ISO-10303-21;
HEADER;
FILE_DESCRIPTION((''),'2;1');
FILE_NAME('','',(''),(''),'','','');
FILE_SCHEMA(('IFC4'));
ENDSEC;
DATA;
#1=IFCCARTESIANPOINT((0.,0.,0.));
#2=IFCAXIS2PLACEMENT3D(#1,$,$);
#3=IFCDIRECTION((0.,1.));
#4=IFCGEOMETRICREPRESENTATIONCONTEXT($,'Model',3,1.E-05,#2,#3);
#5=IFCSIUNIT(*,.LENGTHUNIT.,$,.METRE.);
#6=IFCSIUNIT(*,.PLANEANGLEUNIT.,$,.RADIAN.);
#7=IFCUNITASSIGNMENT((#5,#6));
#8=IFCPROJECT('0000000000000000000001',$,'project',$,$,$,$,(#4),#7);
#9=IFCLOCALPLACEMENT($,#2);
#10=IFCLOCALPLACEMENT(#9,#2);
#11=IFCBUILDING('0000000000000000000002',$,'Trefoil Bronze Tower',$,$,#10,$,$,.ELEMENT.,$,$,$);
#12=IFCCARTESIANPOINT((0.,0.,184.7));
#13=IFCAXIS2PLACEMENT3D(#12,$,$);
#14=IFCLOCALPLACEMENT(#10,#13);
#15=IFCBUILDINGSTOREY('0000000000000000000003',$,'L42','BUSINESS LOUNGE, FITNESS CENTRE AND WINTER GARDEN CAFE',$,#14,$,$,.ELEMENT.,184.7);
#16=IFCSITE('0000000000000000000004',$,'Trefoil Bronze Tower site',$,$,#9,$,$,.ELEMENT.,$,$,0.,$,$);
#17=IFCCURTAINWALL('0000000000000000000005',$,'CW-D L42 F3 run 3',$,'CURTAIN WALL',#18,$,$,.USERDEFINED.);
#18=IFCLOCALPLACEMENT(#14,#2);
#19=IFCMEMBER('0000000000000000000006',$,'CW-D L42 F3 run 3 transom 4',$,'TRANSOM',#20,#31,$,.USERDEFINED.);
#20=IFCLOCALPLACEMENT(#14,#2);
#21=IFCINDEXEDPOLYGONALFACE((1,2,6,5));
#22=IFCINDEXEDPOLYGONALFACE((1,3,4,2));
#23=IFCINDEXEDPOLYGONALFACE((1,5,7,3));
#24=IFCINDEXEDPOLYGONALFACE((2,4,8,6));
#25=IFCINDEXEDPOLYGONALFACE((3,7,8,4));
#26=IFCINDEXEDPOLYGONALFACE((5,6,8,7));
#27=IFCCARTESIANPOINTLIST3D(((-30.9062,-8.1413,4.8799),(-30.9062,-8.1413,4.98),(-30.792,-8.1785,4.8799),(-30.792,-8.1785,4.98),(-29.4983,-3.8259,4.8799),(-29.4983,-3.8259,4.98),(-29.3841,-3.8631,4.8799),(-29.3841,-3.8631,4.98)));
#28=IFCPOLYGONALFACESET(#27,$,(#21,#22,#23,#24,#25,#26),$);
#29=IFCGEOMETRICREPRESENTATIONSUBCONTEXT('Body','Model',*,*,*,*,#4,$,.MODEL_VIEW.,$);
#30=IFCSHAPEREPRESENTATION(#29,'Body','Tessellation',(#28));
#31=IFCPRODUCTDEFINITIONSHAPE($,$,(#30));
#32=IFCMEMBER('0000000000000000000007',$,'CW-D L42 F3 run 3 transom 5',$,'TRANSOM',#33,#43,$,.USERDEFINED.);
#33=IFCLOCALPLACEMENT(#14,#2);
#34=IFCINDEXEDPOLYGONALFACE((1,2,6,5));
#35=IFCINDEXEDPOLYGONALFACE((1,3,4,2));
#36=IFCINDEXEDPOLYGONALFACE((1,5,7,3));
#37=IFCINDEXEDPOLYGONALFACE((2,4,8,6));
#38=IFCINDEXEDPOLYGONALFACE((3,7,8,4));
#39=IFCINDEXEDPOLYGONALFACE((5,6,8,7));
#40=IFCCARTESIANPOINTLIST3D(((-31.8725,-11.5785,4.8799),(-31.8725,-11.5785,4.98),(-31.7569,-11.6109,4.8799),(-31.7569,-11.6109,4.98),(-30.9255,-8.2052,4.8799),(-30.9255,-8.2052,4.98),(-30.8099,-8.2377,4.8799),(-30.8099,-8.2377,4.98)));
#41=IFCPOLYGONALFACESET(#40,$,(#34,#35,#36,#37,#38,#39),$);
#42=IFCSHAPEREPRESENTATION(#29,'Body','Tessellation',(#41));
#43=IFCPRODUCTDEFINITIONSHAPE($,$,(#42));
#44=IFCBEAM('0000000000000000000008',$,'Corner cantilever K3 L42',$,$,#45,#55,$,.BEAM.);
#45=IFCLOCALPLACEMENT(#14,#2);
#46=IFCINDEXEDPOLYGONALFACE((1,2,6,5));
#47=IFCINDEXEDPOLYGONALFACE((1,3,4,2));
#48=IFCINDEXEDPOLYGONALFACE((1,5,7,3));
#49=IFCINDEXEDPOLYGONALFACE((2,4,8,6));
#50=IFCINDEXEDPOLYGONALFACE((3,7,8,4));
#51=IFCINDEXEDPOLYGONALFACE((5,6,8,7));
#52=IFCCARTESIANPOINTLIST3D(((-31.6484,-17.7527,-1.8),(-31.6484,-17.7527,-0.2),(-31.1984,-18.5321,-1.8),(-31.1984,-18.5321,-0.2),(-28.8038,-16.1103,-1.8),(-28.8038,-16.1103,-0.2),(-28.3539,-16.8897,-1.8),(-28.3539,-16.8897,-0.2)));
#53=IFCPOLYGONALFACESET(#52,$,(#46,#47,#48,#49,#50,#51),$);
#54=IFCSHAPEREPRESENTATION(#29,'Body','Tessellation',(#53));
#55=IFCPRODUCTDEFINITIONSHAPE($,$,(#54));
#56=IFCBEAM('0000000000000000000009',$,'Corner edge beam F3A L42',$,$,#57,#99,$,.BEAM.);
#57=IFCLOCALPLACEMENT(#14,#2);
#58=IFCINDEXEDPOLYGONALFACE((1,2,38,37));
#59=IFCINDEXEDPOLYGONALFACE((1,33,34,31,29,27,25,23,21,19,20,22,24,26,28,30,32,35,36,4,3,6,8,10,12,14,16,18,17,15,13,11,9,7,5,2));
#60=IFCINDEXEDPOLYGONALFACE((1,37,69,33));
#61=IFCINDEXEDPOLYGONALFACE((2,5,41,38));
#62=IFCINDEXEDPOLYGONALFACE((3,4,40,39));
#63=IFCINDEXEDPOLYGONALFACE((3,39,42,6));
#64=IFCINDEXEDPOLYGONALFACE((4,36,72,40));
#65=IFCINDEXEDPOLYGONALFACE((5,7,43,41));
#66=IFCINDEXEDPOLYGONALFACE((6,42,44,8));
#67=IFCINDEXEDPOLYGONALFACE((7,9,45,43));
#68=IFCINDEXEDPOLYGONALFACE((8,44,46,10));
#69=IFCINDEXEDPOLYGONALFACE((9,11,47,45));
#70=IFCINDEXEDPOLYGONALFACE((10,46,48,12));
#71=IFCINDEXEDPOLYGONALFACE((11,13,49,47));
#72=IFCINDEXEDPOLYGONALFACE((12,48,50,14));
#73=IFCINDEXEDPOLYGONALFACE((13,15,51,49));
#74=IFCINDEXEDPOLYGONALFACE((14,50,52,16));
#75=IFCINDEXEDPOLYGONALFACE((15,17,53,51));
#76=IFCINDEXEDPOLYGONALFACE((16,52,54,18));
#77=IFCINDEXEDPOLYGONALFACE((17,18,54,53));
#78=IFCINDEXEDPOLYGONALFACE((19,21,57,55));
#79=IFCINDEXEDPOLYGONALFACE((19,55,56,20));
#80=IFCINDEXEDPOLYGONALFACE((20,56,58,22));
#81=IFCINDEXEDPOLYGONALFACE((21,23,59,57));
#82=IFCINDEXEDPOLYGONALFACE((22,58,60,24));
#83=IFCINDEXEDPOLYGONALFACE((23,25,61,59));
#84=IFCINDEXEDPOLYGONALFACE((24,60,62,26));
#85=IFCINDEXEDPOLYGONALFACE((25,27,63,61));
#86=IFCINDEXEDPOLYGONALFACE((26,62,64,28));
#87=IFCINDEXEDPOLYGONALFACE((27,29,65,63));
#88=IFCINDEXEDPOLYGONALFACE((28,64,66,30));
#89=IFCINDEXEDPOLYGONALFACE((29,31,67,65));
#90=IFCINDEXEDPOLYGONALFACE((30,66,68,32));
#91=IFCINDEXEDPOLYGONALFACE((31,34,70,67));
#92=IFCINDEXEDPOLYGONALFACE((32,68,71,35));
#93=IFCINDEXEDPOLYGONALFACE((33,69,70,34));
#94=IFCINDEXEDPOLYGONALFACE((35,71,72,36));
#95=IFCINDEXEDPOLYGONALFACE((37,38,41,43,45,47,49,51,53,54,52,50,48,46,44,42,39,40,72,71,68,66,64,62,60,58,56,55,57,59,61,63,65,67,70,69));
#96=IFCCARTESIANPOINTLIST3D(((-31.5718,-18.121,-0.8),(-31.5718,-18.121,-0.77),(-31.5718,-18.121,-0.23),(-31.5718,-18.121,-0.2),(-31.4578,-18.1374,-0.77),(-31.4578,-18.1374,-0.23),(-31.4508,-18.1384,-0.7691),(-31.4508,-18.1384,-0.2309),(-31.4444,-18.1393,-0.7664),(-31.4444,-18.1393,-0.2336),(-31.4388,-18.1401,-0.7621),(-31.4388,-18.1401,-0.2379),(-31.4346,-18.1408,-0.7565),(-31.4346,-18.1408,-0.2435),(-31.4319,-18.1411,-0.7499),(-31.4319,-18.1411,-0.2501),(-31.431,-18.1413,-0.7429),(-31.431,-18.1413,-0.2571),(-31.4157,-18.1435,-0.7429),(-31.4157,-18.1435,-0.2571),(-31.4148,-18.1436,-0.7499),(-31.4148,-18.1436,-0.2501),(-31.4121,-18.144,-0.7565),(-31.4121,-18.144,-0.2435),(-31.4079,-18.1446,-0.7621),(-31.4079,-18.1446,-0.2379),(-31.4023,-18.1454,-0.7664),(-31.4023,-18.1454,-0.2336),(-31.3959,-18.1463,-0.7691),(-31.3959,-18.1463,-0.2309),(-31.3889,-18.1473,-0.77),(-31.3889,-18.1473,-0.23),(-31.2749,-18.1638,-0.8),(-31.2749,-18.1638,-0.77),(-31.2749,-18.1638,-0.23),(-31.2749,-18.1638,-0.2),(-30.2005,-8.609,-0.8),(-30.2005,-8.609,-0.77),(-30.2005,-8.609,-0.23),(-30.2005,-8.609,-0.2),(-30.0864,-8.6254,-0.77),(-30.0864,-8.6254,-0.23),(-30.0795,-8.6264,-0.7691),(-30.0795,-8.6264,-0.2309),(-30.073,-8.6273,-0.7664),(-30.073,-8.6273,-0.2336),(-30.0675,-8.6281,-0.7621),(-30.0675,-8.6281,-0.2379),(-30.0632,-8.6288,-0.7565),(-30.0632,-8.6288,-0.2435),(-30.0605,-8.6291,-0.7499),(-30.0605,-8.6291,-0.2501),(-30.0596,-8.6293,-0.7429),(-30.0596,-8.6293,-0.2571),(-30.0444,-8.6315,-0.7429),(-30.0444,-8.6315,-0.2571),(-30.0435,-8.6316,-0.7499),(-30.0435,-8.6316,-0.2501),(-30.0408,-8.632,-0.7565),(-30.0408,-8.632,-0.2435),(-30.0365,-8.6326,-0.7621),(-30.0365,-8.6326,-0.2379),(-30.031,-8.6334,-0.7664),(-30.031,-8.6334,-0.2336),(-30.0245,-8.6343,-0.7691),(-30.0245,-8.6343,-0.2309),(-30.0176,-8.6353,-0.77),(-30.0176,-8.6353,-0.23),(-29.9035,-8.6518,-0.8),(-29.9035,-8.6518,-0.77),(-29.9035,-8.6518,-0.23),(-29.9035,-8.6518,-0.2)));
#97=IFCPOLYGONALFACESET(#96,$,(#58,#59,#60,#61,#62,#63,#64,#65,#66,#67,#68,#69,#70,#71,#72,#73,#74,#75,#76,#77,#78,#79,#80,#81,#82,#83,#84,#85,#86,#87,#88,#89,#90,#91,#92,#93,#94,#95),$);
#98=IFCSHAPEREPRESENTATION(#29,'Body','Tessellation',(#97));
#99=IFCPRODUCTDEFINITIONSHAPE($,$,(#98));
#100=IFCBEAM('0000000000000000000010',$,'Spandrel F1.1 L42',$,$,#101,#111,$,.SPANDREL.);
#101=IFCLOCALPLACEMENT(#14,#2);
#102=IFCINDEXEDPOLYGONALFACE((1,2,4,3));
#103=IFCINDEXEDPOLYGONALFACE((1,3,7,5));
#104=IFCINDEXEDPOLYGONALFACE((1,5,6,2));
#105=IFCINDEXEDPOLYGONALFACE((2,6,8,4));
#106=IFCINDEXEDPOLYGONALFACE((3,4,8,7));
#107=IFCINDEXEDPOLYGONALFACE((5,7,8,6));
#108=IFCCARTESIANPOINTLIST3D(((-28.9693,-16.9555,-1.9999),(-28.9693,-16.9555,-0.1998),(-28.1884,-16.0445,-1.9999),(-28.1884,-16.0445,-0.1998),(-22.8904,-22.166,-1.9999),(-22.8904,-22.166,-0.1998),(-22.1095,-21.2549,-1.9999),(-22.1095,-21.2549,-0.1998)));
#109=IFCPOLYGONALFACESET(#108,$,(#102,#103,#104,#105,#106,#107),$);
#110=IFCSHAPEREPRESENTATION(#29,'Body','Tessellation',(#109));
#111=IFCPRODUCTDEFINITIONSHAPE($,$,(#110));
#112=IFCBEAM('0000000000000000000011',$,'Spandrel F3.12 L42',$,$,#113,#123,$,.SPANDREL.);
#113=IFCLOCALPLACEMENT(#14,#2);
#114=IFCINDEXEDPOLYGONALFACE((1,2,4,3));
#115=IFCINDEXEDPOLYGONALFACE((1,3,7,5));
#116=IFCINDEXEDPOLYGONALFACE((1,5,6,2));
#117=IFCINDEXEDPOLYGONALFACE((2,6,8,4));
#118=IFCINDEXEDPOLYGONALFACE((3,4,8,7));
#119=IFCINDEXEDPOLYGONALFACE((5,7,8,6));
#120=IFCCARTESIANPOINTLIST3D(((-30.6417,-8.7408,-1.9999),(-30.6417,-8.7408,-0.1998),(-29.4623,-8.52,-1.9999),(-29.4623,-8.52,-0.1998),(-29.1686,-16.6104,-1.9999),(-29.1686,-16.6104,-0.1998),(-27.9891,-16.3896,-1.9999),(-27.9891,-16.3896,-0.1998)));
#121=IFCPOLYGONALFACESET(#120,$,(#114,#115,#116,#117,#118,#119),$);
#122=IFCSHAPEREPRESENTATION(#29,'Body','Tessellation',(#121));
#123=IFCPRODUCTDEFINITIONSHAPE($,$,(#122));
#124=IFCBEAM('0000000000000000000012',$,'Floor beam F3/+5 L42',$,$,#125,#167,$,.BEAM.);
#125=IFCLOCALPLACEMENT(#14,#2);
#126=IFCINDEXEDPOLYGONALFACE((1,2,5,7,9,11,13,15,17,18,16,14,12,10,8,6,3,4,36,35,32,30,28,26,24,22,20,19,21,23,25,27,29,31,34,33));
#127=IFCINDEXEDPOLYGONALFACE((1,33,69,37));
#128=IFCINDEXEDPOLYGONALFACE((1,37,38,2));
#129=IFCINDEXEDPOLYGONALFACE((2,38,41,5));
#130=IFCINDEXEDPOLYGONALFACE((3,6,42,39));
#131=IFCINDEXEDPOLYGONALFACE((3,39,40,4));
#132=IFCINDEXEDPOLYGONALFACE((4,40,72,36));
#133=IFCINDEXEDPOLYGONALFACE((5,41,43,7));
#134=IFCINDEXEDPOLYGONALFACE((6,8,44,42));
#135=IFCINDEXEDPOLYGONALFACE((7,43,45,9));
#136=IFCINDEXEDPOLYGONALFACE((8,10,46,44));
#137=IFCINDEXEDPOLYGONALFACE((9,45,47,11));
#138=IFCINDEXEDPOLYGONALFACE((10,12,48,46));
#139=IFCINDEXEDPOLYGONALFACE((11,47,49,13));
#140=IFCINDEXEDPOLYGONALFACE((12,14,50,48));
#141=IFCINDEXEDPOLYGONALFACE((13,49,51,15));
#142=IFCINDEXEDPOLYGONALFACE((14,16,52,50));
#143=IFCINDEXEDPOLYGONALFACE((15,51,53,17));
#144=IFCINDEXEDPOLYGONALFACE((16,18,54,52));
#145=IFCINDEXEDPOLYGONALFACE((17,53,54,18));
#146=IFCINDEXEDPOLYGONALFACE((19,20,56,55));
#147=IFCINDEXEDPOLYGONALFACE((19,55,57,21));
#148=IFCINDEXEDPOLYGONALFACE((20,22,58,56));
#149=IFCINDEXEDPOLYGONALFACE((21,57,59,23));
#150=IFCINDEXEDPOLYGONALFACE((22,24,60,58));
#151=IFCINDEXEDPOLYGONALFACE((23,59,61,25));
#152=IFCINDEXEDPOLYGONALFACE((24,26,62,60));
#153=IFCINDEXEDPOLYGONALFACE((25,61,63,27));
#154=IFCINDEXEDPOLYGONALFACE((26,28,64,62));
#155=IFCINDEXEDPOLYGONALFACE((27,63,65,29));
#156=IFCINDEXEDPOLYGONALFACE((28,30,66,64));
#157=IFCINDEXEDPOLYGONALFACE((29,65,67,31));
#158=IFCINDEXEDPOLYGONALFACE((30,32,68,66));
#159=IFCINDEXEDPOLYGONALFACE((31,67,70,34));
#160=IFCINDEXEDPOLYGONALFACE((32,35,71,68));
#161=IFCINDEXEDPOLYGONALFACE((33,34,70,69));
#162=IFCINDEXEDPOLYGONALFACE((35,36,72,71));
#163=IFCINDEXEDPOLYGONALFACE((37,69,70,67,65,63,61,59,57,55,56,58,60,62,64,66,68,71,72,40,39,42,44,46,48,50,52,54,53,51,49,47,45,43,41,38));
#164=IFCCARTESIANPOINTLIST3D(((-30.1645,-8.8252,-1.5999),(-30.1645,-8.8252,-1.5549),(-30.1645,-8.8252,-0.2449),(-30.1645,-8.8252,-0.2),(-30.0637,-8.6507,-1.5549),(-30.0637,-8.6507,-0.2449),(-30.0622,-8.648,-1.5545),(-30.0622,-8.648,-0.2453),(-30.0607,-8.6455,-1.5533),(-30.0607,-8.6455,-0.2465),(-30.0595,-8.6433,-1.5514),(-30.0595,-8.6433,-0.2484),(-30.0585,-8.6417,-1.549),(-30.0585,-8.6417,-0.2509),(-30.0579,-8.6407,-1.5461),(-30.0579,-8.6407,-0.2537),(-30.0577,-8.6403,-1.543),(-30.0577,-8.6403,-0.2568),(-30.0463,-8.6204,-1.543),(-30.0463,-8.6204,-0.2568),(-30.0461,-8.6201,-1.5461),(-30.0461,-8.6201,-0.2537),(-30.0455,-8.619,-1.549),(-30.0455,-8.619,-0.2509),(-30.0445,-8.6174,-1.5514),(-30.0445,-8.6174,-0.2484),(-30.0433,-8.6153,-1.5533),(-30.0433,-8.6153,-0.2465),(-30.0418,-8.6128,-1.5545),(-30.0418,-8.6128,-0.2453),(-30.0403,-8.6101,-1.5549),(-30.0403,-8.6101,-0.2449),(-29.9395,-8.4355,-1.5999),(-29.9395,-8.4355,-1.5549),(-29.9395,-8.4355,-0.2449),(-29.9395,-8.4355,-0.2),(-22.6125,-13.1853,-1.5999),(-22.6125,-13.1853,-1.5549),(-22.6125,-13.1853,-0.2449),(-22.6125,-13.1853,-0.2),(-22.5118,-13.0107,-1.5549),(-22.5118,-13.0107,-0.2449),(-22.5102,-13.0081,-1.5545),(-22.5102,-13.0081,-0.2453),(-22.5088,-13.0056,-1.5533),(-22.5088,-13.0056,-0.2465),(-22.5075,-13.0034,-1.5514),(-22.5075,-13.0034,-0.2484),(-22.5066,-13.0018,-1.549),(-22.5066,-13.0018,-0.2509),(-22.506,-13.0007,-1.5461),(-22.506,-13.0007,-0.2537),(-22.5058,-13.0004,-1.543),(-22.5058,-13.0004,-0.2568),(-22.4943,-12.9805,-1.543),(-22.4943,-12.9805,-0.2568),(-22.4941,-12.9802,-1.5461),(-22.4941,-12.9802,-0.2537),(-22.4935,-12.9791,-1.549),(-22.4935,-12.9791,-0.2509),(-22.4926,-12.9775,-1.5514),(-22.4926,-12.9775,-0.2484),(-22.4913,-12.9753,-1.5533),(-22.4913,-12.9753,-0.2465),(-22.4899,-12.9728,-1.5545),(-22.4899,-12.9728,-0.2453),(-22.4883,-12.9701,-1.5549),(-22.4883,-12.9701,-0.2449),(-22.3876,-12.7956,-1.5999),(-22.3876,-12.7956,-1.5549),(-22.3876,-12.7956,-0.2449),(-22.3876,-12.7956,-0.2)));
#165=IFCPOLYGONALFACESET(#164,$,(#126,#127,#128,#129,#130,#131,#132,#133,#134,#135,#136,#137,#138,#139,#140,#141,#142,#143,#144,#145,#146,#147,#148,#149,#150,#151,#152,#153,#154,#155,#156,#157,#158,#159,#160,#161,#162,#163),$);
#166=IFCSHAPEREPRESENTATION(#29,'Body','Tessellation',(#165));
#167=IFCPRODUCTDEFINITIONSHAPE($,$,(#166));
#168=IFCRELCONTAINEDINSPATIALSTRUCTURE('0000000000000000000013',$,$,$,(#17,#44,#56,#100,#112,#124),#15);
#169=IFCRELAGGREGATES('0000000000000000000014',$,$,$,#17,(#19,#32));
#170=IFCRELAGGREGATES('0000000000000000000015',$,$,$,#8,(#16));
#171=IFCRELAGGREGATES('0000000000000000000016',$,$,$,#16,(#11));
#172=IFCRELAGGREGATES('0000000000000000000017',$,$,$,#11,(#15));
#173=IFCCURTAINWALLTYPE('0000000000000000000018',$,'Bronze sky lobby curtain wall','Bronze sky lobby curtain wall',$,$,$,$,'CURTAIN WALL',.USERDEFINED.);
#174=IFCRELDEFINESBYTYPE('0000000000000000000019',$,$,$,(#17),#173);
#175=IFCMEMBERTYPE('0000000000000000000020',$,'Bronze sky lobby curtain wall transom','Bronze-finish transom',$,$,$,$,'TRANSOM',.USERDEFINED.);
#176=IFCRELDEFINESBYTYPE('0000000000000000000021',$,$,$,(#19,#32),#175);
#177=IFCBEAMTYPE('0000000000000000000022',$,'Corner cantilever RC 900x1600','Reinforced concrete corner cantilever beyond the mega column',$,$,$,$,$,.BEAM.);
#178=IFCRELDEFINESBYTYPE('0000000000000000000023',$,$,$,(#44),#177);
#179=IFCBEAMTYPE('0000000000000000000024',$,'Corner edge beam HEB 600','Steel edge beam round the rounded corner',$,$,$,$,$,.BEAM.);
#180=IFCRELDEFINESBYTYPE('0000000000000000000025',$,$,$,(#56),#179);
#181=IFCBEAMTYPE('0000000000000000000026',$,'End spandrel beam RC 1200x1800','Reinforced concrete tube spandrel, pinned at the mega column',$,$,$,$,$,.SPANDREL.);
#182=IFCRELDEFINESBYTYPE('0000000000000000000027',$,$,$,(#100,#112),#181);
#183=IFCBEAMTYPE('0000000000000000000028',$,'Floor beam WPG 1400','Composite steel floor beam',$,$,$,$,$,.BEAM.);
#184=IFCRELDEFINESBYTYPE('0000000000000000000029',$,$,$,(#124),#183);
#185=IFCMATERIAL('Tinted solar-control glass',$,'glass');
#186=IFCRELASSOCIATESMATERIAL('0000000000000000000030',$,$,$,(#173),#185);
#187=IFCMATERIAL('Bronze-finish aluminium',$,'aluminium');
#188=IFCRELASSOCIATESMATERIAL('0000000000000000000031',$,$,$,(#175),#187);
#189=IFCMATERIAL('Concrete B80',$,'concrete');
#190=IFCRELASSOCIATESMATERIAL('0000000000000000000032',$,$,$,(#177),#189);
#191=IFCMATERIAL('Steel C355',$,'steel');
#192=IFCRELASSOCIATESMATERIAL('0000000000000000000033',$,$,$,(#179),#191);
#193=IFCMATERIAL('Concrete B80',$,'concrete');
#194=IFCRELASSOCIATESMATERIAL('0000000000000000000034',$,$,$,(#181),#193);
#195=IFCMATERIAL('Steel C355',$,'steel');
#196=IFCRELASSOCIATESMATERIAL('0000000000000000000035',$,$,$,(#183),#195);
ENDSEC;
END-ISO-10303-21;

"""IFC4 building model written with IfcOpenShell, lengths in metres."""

from ifc_helpers import new_model, si_unit, direction, frame, origin, origin_2d, place, context, subcontext, project, spatial, rectangle, i_section, extrude, material, material_profile, profile_set, type_object, element, aggregate, save


model = new_model("IFC4")

# Units and contexts
model_context = context("Model", 3, precision=1e-05, world=origin(), true_north=direction((0.0, 1.0)))
body_context = subcontext(model_context, "Body", "Model", "MODEL_VIEW")
ifc_project = project(units=[si_unit("LENGTHUNIT", "METRE"), si_unit("PLANEANGLEUNIT", "RADIAN")], contexts=[model_context])

# Site, building, storey
site_placement = place(None, origin())
site = spatial("IfcSite", under=ifc_project, at=site_placement, Name="Trefoil Bronze Tower site", CompositionType="ELEMENT", RefElevation=0.0)
building_placement = place(site_placement, origin())
building = spatial("IfcBuilding", under=site, at=building_placement, Name="Trefoil Bronze Tower", CompositionType="ELEMENT")
storey_placement = place(building_placement, frame((0.0, 0.0, 184.7)))
storey = spatial("IfcBuildingStorey", under=building, at=storey_placement, Name="L42", Description="BUSINESS LOUNGE, FITNESS CENTRE AND WINTER GARDEN CAFE", CompositionType="ELEMENT", Elevation=184.7)

# Curtain wall, members
ifc_material_1 = material(Name="Tinted solar-control glass", Category="glass")
curtain_wall_type_1 = type_object("IfcCurtainWallType", Name="Bronze sky lobby curtain wall", Description="Bronze sky lobby curtain wall", ElementType="CURTAIN WALL", PredefinedType="USERDEFINED", material=ifc_material_1)
curtain_wall_1_placement = place(storey_placement, origin())
curtain_wall_1 = element("IfcCurtainWall", 1, at=curtain_wall_1_placement, inside=storey, type_object=curtain_wall_type_1, Name="CW-D L42 F3 run 3", ObjectType="CURTAIN WALL", PredefinedType="USERDEFINED")
ifc_material_2 = material(Name="Bronze-finish aluminium", Category="aluminium")
ifc_material_profile_1 = material_profile(ifc_material_2, rectangle(XDim=0.1201, YDim=0.1001, at=origin_2d()), Name="CW-D transom")
ifc_profile_set_1 = profile_set([ifc_material_profile_1], Name="Bronze-finish aluminium")
member_type_1 = type_object("IfcMemberType", Name="Bronze sky lobby curtain wall transom", Description="Bronze-finish transom", ElementType="TRANSOM", PredefinedType="USERDEFINED", material=ifc_profile_set_1)
member_1_placement = place(storey_placement, frame((-29.4412, -3.8445, 4.9299), z_axis=(-0.310171, -0.950681, 0.0), x_axis=(0.950681, -0.310171, 0.0)))
member_1 = element("IfcMember", 2, at=member_1_placement, type_object=member_type_1, Name="CW-D L42 F3 run 3 transom 4", ObjectType="TRANSOM", PredefinedType="USERDEFINED", context=body_context, shape_type="SweptSolid", body=[
    extrude(rectangle(XDim=0.1201, YDim=0.1001, at=origin_2d()), origin(), (0.0, 0.0, 1.0), 4.5393),
])
member_2_placement = place(storey_placement, frame((-30.8677, -8.2214, 4.9299), z_axis=(-0.270292, -0.962779, 0.0), x_axis=(0.962779, -0.270292, 0.0)))
member_2 = element("IfcMember", 3, at=member_2_placement, type_object=member_type_1, Name="CW-D L42 F3 run 3 transom 5", ObjectType="TRANSOM", PredefinedType="USERDEFINED", context=body_context, shape_type="SweptSolid", body=[
    extrude(rectangle(XDim=0.1201, YDim=0.1001, at=origin_2d()), origin(), (0.0, 0.0, 1.0), 3.5037),
])

# Beams
ifc_material_3 = material(Name="Concrete B80", Category="concrete")
ifc_material_profile_2 = material_profile(ifc_material_3, rectangle(XDim=0.8999, YDim=1.6001, at=origin_2d()), Name="RC 900x1600")
ifc_profile_set_2 = profile_set([ifc_material_profile_2], Name="Concrete B80")
beam_type_1 = type_object("IfcBeamType", Name="Corner cantilever RC 900x1600", Description="Reinforced concrete corner cantilever beyond the mega column", PredefinedType="BEAM", material=ifc_profile_set_2)
beam_1_placement = place(storey_placement, frame((-28.5789, -16.5, -1.0), z_axis=(-0.866016, -0.500016, 0.0), x_axis=(0.500016, -0.866016, 0.0)))
element("IfcBeam", 4, at=beam_1_placement, inside=storey, type_object=beam_type_1, Name="Corner cantilever K3 L42", PredefinedType="BEAM", context=body_context, shape_type="SweptSolid", body=[
    extrude(rectangle(XDim=0.8999, YDim=1.6001, at=origin_2d()), origin(), (0.0, 0.0, 1.0), 3.2847),
])
ifc_material_4 = material(Name="Steel C355", Category="steel")
ifc_material_profile_3 = material_profile(ifc_material_4, i_section(OverallWidth=0.3, OverallDepth=0.6001, WebThickness=0.0154, FlangeThickness=0.03, FilletRadius=0.0271, at=origin_2d()), Name="HEB 600")
ifc_profile_set_3 = profile_set([ifc_material_profile_3], Name="Steel C355")
beam_type_2 = type_object("IfcBeamType", Name="Corner edge beam HEB 600", Description="Steel edge beam round the rounded corner", PredefinedType="BEAM", material=ifc_profile_set_3)
beam_2_placement = place(storey_placement, frame((-30.052, -8.6304, -0.5), z_axis=(-0.142694, -0.989767, 0.0), x_axis=(0.989767, -0.142694, 0.0)))
element("IfcBeam", 5, at=beam_2_placement, inside=storey, type_object=beam_type_2, Name="Corner edge beam F3A L42", PredefinedType="BEAM", context=body_context, shape_type="SweptSolid", body=[
    extrude(i_section(OverallWidth=0.3, OverallDepth=0.6001, WebThickness=0.0154, FlangeThickness=0.03, FilletRadius=0.0271, at=origin_2d()), origin(), (0.0, 0.0, 1.0), 9.6104),
])
ifc_material_5 = material(Name="Concrete B80", Category="concrete")
ifc_material_profile_4 = material_profile(ifc_material_5, rectangle(XDim=1.2, YDim=1.8, at=origin_2d()), Name="RC 1200x1800")
ifc_profile_set_4 = profile_set([ifc_material_profile_4], Name="Concrete B80")
beam_type_3 = type_object("IfcBeamType", Name="End spandrel beam RC 1200x1800", Description="Reinforced concrete tube spandrel, pinned at the mega column", PredefinedType="SPANDREL", material=ifc_profile_set_4)
for number, where, z_axis, x_axis, name in (
    (6, (-28.5789, -16.5, -1.0999), (0.759257, -0.650791, 0.0), (0.650791, 0.759257, 0.0), "Spandrel F1.1 L42"),
    (7, (-30.052, -8.6304, -1.0999), (0.183998, -0.982927, 0.0), (0.982927, 0.183998, 0.0), "Spandrel F3.12 L42"),
):
    element("IfcBeam", number, at=place(storey_placement, frame(where, z_axis=z_axis, x_axis=x_axis)), inside=storey, type_object=beam_type_3, Name=name, PredefinedType="SPANDREL", context=body_context, shape_type="SweptSolid", body=[
        extrude(rectangle(XDim=1.2, YDim=1.8, at=origin_2d()), origin(), (0.0, 0.0, 1.0), 8.0063),
    ])
ifc_material_6 = material(Name="Steel C355", Category="steel")
ifc_material_profile_5 = material_profile(ifc_material_6, i_section(OverallWidth=0.45, OverallDepth=1.3999, WebThickness=0.0229, FlangeThickness=0.0449, FilletRadius=0.012, at=origin_2d()), Name="WPG 1400")
ifc_profile_set_5 = profile_set([ifc_material_profile_5], Name="Steel C355")
beam_type_4 = type_object("IfcBeamType", Name="Floor beam WPG 1400", Description="Composite steel floor beam", PredefinedType="BEAM", material=ifc_profile_set_5)
beam_3_placement = place(storey_placement, frame((-30.052, -8.6304, -0.8999), z_axis=(0.866028, -0.499996, 0.0), x_axis=(0.499996, 0.866028, 0.0)))
element("IfcBeam", 8, at=beam_3_placement, inside=storey, type_object=beam_type_4, Name="Floor beam F3/+5 L42", PredefinedType="BEAM", context=body_context, shape_type="SweptSolid", body=[
    extrude(i_section(OverallWidth=0.45, OverallDepth=1.3999, WebThickness=0.0229, FlangeThickness=0.0449, FilletRadius=0.012, at=origin_2d()), origin(), (0.0, 0.0, 1.0), 8.7202),
])

aggregate(curtain_wall_1, [member_1, member_2])

save(model, "model.ifc")
